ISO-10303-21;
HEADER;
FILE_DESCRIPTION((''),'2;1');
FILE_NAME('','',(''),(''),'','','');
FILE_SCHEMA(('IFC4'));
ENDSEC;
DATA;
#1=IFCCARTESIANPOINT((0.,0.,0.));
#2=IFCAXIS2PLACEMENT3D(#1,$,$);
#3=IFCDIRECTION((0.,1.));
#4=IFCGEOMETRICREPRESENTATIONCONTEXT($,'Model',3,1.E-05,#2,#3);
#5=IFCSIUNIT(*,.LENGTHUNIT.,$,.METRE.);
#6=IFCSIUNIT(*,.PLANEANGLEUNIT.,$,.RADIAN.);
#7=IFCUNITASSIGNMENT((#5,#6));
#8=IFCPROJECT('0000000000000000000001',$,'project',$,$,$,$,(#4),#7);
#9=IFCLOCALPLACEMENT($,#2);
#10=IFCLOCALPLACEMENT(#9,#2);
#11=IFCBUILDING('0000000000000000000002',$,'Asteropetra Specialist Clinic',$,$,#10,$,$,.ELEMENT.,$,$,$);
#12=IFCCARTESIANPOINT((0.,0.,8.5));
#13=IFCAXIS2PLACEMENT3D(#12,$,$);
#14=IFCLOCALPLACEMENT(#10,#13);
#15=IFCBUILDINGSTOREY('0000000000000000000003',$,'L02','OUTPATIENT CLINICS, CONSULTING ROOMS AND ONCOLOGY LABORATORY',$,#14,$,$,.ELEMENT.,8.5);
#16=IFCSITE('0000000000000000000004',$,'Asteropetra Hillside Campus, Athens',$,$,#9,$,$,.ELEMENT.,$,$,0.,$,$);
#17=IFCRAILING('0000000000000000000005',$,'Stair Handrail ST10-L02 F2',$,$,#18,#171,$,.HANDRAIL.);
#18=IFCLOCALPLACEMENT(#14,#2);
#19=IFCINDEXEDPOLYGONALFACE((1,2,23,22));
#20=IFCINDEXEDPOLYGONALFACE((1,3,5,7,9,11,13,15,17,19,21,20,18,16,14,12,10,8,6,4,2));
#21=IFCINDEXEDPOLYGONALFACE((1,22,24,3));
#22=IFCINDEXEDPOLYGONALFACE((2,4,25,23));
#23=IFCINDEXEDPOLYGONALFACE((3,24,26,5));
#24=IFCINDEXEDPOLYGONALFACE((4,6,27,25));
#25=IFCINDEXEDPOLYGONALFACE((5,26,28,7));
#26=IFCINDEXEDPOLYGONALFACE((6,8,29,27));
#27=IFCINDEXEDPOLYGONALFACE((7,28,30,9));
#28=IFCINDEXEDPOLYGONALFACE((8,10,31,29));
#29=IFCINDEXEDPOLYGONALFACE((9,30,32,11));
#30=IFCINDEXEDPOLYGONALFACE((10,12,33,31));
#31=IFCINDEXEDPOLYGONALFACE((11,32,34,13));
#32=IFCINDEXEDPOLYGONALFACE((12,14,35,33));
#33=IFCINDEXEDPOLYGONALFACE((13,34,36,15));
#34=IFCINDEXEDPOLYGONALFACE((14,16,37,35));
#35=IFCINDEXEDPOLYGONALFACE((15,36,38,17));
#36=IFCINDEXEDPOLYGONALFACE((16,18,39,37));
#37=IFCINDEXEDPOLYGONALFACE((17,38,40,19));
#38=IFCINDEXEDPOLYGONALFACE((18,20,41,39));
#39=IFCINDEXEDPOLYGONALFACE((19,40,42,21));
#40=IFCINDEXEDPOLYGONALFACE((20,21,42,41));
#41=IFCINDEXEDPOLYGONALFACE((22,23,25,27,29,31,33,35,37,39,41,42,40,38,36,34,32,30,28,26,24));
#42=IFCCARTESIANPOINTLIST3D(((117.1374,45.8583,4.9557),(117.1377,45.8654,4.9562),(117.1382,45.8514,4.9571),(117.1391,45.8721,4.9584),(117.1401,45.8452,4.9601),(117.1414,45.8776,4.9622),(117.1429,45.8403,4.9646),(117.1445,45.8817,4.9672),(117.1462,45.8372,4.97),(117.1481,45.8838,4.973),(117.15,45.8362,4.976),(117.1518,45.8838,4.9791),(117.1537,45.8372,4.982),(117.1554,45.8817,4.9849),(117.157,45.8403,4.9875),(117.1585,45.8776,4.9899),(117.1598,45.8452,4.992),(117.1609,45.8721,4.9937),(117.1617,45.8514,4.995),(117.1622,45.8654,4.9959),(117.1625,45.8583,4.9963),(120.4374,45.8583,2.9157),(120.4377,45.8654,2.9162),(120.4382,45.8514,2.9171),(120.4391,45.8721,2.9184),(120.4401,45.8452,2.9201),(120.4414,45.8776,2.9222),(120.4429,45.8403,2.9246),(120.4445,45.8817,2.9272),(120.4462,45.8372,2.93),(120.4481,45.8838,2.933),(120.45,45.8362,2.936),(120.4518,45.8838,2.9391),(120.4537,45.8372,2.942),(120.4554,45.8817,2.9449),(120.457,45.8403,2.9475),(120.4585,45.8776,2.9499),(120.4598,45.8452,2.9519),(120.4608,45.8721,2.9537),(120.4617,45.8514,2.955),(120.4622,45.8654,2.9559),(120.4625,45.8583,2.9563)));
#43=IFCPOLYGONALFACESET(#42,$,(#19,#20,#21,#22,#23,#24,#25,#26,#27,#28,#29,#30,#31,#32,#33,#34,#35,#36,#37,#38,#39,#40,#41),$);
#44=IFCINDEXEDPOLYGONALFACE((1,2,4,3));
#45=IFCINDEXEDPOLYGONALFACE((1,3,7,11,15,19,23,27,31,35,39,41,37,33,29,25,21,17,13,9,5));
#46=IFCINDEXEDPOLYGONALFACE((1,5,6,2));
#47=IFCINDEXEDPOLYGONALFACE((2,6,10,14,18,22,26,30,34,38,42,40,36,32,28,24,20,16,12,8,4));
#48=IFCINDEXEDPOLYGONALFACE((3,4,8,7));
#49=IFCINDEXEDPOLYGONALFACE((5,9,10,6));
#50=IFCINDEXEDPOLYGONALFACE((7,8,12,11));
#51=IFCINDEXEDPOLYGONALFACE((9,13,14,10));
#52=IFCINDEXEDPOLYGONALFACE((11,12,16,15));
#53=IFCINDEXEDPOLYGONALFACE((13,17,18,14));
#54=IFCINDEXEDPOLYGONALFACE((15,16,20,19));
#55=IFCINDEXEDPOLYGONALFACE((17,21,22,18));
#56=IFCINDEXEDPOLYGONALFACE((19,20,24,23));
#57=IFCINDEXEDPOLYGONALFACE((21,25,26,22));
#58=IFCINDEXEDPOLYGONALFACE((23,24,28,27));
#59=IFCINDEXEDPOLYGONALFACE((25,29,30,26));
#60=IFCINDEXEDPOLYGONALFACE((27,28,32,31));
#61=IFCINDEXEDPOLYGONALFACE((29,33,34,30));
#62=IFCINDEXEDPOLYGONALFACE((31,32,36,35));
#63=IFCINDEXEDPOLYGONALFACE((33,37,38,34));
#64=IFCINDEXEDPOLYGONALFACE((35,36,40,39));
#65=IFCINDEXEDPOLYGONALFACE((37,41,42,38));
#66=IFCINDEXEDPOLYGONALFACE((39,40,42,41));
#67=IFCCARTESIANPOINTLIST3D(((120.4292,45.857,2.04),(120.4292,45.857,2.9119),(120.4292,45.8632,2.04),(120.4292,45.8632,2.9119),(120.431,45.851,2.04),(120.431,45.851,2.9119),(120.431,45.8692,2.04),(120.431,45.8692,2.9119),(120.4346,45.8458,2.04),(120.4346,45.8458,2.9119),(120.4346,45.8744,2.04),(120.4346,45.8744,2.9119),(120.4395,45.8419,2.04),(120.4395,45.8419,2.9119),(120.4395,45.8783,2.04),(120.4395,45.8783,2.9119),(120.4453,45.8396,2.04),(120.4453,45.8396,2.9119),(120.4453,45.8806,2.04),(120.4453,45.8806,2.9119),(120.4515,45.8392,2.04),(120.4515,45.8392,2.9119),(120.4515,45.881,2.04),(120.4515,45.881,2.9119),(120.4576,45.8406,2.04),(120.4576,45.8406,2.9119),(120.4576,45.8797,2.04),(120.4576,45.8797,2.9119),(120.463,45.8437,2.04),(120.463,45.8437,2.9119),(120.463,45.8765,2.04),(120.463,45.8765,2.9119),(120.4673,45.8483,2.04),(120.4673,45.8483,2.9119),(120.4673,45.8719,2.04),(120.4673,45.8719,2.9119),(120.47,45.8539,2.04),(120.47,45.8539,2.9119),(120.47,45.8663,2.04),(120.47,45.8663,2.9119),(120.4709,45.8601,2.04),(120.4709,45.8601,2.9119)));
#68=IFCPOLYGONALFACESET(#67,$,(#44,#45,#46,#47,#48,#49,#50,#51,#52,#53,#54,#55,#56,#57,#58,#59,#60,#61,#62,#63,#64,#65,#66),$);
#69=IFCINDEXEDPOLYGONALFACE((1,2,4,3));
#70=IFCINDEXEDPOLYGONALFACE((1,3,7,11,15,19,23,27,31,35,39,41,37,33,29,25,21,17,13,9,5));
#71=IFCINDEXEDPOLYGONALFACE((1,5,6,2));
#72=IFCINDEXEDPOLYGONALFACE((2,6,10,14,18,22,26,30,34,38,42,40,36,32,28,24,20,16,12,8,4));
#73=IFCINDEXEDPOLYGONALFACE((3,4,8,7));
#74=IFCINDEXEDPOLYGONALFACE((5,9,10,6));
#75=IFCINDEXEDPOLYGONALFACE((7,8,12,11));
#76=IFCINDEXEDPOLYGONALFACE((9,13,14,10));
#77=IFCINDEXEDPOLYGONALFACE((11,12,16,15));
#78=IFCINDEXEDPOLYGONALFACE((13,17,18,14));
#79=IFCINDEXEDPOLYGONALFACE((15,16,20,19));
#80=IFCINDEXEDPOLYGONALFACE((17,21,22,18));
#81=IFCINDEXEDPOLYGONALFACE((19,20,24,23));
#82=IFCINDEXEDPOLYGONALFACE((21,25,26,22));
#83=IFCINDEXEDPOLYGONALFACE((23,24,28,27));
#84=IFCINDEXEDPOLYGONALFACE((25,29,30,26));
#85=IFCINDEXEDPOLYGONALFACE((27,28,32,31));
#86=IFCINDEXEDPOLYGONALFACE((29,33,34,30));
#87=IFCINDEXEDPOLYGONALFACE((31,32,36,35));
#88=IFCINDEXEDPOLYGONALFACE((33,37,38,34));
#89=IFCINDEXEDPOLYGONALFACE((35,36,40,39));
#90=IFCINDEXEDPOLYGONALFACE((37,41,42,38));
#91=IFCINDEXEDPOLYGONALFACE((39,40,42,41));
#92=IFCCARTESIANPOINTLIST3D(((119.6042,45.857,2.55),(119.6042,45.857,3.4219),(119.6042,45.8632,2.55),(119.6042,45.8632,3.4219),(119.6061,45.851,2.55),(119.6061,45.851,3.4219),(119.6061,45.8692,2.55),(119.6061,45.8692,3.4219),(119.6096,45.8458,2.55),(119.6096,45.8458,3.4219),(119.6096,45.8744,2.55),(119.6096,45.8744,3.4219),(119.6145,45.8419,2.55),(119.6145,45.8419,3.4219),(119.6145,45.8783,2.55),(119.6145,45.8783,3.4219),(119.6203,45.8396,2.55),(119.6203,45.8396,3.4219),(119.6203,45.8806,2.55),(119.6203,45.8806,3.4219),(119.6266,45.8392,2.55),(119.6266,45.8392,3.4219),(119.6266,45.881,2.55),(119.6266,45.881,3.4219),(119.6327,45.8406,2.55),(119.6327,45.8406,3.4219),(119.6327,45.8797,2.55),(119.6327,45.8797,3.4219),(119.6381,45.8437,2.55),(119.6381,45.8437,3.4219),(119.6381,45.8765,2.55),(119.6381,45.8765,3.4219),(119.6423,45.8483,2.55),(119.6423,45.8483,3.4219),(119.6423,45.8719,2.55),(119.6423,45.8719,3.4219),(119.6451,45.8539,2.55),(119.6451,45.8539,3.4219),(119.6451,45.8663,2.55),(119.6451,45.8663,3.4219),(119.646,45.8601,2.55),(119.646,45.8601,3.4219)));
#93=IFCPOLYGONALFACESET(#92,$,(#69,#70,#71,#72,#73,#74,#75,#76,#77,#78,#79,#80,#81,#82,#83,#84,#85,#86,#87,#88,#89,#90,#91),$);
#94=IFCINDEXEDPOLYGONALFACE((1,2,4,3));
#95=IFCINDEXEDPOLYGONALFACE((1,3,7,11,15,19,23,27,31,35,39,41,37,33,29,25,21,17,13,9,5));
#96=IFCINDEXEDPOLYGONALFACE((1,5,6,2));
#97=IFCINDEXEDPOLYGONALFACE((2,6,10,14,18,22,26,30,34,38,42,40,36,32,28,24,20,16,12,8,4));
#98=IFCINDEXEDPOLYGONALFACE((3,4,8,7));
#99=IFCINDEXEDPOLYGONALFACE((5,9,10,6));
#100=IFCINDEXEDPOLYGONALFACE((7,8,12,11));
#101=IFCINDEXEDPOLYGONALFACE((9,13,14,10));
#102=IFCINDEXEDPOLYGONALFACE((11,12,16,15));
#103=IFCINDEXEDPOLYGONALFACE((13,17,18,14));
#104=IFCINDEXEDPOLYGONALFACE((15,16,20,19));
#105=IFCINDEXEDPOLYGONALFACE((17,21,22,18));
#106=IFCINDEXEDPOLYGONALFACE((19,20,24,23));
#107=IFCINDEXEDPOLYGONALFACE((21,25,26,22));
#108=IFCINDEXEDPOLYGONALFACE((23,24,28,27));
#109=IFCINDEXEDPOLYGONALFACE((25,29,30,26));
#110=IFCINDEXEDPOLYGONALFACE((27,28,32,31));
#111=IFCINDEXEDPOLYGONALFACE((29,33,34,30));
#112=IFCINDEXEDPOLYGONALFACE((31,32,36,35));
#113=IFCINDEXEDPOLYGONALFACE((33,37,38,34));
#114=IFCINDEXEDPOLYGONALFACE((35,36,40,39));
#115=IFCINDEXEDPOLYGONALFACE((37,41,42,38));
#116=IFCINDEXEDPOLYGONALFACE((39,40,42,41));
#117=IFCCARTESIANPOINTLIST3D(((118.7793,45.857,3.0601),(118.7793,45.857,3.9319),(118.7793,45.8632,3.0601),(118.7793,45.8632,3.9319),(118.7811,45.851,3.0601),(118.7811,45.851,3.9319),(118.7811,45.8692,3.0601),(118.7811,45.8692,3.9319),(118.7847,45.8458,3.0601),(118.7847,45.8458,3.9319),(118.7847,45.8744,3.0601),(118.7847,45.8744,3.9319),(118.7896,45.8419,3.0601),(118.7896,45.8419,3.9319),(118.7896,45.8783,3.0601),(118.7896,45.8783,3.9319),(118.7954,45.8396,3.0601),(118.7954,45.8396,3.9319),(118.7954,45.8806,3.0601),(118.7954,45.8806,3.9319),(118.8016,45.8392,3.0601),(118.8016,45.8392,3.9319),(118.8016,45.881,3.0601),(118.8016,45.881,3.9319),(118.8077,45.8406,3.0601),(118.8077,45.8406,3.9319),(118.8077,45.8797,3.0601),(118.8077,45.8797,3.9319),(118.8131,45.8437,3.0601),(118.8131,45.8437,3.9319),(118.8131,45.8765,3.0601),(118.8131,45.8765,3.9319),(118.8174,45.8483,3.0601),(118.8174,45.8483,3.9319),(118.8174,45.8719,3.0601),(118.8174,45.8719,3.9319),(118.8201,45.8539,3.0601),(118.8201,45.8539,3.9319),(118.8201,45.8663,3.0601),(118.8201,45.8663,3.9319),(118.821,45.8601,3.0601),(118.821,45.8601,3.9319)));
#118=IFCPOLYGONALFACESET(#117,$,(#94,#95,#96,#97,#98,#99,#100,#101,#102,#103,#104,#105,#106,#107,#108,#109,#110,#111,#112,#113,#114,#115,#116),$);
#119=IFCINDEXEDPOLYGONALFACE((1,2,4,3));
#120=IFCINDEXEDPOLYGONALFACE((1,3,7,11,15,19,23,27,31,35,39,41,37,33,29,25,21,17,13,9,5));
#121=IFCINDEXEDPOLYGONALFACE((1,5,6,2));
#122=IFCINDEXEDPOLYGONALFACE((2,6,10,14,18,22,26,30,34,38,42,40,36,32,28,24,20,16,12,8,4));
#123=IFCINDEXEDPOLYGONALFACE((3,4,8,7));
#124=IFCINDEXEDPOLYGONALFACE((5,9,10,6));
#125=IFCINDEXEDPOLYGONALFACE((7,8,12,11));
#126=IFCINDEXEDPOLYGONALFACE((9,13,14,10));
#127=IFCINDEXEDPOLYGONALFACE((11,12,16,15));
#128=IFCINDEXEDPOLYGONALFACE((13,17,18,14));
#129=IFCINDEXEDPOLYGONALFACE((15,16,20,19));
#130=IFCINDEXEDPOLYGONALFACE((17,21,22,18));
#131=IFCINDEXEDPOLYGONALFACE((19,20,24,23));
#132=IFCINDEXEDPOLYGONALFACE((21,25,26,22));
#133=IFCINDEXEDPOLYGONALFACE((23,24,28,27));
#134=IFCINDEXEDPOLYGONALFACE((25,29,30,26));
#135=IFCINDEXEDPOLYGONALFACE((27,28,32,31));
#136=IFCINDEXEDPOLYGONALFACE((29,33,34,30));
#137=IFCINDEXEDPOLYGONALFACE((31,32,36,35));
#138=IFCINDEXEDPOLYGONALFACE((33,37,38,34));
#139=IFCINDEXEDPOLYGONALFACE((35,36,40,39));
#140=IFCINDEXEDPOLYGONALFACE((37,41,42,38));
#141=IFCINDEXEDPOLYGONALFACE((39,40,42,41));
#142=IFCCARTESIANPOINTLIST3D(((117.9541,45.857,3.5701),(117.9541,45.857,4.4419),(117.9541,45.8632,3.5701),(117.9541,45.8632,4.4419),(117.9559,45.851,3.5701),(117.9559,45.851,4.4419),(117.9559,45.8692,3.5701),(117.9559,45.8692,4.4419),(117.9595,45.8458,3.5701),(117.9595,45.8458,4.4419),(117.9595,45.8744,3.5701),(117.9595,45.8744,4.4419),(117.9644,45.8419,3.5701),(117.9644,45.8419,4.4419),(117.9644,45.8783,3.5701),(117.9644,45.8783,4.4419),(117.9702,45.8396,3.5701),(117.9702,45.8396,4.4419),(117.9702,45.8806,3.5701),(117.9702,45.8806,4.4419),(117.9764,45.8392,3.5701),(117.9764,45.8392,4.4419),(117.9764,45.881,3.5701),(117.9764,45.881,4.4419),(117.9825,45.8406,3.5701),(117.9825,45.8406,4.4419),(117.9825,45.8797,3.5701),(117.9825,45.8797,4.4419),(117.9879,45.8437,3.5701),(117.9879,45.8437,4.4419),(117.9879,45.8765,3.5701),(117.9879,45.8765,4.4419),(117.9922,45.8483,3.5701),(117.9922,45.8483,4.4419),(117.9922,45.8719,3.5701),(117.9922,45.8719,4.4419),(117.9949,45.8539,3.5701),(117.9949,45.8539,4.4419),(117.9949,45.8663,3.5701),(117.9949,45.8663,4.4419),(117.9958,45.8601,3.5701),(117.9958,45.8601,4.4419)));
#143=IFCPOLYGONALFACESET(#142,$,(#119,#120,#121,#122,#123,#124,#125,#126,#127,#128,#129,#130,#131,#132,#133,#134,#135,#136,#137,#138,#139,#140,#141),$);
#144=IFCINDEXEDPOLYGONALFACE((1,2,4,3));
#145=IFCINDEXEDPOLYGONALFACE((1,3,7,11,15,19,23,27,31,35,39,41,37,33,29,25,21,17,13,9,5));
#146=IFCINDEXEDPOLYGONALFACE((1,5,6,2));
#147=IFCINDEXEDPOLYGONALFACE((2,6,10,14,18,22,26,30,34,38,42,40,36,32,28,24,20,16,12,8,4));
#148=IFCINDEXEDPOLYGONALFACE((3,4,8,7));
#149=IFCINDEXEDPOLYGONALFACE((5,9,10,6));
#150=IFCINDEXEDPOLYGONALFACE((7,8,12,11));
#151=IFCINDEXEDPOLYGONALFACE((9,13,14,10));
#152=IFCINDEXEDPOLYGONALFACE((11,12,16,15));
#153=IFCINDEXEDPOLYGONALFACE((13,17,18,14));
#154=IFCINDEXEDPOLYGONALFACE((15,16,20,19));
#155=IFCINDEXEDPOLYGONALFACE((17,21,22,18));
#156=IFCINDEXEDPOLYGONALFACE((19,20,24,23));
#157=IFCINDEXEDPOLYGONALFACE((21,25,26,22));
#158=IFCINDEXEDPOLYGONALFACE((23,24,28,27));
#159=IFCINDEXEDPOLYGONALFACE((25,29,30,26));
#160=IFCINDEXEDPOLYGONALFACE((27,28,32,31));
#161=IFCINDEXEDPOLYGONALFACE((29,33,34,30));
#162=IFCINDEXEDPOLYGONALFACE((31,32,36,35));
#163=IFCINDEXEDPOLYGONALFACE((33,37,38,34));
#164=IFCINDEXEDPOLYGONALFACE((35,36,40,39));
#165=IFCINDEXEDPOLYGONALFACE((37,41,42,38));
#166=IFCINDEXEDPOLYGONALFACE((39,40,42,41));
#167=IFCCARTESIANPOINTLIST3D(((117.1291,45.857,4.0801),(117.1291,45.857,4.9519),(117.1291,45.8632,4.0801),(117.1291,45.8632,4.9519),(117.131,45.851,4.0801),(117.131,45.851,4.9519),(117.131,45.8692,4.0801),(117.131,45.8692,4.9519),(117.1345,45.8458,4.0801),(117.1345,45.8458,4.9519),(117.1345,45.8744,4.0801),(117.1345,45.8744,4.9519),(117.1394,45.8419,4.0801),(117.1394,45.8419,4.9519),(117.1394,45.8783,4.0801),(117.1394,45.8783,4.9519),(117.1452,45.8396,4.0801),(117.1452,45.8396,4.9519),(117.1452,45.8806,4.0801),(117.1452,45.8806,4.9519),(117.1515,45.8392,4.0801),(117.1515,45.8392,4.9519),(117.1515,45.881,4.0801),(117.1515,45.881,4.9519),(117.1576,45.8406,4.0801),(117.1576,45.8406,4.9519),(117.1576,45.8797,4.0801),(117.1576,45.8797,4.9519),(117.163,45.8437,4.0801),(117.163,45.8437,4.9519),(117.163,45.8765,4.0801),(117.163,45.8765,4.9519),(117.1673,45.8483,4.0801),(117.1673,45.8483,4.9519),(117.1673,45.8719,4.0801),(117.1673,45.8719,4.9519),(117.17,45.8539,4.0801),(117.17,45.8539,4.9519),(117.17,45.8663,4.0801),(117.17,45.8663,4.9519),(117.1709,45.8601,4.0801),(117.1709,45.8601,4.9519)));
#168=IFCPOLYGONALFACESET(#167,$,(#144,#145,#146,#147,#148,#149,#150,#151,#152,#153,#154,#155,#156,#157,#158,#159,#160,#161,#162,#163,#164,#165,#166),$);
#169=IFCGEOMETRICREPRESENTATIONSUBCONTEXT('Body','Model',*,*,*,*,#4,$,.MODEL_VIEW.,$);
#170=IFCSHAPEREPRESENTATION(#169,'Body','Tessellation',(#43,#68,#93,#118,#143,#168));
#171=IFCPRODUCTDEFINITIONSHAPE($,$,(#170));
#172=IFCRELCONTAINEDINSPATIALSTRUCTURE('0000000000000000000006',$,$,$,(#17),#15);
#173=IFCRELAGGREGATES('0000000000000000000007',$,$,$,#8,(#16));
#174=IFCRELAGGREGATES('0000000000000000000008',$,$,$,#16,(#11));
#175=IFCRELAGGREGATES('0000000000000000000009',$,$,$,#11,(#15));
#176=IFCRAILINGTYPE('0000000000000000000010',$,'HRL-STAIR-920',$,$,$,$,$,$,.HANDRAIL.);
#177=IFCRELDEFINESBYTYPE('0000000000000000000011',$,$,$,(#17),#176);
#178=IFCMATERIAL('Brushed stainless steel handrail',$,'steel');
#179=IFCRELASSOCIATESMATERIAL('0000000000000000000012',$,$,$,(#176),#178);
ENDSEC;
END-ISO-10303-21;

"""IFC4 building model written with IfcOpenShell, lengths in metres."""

from ifc_helpers import new_model, si_unit, direction, frame, origin, origin_2d, place, context, subcontext, project, spatial, circle, extrude, material, type_object, element, save


model = new_model("IFC4")

# Units and contexts
model_context = context("Model", 3, precision=1e-05, world=origin(), true_north=direction((0.0, 1.0)))
body_context = subcontext(model_context, "Body", "Model", "MODEL_VIEW")
ifc_project = project(units=[si_unit("LENGTHUNIT", "METRE"), si_unit("PLANEANGLEUNIT", "RADIAN")], contexts=[model_context])

# Site, building, storey
site_placement = place(None, origin())
site = spatial("IfcSite", under=ifc_project, at=site_placement, Name="Asteropetra Hillside Campus, Athens", CompositionType="ELEMENT", RefElevation=0.0)
building_placement = place(site_placement, origin())
building = spatial("IfcBuilding", under=site, at=building_placement, Name="Asteropetra Specialist Clinic", CompositionType="ELEMENT")
storey_placement = place(building_placement, frame((0.0, 0.0, 8.5)))
storey = spatial("IfcBuildingStorey", under=building, at=storey_placement, Name="L02", Description="OUTPATIENT CLINICS, CONSULTING ROOMS AND ONCOLOGY LABORATORY", CompositionType="ELEMENT", Elevation=8.5)

# Railing
ifc_material_1 = material(Name="Brushed stainless steel handrail", Category="steel")
railing_type_1 = type_object("IfcRailingType", Name="HRL-STAIR-920", PredefinedType="HANDRAIL", material=ifc_material_1)
railing_1_placement = place(storey_placement, frame((120.45, 45.8601, 2.04)))
element("IfcRailing", 1, at=railing_1_placement, inside=storey, type_object=railing_type_1, Name="Stair Handrail ST10-L02 F2", PredefinedType="HANDRAIL", context=body_context, shape_type="SweptSolid", body=[
    extrude(circle(Radius=0.0239, at=origin_2d()), frame((0.0, 0.0, 0.896), z_axis=(-0.850594, 0.0, 0.525824), x_axis=(0.0, -1.0, 0.0)), (0.0, 0.0, 1.0), 3.8796),
    extrude(circle(Radius=0.021, at=origin_2d()), origin(), (0.0, 0.0, 1.0), 0.8718),
    extrude(circle(Radius=0.021, at=origin_2d()), frame((-0.825, 0.0, 0.51)), (0.0, 0.0, 1.0), 0.8718),
    extrude(circle(Radius=0.021, at=origin_2d()), frame((-1.6499, 0.0, 1.02)), (0.0, 0.0, 1.0), 0.8718),
    extrude(circle(Radius=0.021, at=origin_2d()), frame((-2.4751, 0.0, 1.53)), (0.0, 0.0, 1.0), 0.8718),
    extrude(circle(Radius=0.021, at=origin_2d()), frame((-3.3, 0.0, 2.04)), (0.0, 0.0, 1.0), 0.8718),
])

save(model, "model.ifc")
